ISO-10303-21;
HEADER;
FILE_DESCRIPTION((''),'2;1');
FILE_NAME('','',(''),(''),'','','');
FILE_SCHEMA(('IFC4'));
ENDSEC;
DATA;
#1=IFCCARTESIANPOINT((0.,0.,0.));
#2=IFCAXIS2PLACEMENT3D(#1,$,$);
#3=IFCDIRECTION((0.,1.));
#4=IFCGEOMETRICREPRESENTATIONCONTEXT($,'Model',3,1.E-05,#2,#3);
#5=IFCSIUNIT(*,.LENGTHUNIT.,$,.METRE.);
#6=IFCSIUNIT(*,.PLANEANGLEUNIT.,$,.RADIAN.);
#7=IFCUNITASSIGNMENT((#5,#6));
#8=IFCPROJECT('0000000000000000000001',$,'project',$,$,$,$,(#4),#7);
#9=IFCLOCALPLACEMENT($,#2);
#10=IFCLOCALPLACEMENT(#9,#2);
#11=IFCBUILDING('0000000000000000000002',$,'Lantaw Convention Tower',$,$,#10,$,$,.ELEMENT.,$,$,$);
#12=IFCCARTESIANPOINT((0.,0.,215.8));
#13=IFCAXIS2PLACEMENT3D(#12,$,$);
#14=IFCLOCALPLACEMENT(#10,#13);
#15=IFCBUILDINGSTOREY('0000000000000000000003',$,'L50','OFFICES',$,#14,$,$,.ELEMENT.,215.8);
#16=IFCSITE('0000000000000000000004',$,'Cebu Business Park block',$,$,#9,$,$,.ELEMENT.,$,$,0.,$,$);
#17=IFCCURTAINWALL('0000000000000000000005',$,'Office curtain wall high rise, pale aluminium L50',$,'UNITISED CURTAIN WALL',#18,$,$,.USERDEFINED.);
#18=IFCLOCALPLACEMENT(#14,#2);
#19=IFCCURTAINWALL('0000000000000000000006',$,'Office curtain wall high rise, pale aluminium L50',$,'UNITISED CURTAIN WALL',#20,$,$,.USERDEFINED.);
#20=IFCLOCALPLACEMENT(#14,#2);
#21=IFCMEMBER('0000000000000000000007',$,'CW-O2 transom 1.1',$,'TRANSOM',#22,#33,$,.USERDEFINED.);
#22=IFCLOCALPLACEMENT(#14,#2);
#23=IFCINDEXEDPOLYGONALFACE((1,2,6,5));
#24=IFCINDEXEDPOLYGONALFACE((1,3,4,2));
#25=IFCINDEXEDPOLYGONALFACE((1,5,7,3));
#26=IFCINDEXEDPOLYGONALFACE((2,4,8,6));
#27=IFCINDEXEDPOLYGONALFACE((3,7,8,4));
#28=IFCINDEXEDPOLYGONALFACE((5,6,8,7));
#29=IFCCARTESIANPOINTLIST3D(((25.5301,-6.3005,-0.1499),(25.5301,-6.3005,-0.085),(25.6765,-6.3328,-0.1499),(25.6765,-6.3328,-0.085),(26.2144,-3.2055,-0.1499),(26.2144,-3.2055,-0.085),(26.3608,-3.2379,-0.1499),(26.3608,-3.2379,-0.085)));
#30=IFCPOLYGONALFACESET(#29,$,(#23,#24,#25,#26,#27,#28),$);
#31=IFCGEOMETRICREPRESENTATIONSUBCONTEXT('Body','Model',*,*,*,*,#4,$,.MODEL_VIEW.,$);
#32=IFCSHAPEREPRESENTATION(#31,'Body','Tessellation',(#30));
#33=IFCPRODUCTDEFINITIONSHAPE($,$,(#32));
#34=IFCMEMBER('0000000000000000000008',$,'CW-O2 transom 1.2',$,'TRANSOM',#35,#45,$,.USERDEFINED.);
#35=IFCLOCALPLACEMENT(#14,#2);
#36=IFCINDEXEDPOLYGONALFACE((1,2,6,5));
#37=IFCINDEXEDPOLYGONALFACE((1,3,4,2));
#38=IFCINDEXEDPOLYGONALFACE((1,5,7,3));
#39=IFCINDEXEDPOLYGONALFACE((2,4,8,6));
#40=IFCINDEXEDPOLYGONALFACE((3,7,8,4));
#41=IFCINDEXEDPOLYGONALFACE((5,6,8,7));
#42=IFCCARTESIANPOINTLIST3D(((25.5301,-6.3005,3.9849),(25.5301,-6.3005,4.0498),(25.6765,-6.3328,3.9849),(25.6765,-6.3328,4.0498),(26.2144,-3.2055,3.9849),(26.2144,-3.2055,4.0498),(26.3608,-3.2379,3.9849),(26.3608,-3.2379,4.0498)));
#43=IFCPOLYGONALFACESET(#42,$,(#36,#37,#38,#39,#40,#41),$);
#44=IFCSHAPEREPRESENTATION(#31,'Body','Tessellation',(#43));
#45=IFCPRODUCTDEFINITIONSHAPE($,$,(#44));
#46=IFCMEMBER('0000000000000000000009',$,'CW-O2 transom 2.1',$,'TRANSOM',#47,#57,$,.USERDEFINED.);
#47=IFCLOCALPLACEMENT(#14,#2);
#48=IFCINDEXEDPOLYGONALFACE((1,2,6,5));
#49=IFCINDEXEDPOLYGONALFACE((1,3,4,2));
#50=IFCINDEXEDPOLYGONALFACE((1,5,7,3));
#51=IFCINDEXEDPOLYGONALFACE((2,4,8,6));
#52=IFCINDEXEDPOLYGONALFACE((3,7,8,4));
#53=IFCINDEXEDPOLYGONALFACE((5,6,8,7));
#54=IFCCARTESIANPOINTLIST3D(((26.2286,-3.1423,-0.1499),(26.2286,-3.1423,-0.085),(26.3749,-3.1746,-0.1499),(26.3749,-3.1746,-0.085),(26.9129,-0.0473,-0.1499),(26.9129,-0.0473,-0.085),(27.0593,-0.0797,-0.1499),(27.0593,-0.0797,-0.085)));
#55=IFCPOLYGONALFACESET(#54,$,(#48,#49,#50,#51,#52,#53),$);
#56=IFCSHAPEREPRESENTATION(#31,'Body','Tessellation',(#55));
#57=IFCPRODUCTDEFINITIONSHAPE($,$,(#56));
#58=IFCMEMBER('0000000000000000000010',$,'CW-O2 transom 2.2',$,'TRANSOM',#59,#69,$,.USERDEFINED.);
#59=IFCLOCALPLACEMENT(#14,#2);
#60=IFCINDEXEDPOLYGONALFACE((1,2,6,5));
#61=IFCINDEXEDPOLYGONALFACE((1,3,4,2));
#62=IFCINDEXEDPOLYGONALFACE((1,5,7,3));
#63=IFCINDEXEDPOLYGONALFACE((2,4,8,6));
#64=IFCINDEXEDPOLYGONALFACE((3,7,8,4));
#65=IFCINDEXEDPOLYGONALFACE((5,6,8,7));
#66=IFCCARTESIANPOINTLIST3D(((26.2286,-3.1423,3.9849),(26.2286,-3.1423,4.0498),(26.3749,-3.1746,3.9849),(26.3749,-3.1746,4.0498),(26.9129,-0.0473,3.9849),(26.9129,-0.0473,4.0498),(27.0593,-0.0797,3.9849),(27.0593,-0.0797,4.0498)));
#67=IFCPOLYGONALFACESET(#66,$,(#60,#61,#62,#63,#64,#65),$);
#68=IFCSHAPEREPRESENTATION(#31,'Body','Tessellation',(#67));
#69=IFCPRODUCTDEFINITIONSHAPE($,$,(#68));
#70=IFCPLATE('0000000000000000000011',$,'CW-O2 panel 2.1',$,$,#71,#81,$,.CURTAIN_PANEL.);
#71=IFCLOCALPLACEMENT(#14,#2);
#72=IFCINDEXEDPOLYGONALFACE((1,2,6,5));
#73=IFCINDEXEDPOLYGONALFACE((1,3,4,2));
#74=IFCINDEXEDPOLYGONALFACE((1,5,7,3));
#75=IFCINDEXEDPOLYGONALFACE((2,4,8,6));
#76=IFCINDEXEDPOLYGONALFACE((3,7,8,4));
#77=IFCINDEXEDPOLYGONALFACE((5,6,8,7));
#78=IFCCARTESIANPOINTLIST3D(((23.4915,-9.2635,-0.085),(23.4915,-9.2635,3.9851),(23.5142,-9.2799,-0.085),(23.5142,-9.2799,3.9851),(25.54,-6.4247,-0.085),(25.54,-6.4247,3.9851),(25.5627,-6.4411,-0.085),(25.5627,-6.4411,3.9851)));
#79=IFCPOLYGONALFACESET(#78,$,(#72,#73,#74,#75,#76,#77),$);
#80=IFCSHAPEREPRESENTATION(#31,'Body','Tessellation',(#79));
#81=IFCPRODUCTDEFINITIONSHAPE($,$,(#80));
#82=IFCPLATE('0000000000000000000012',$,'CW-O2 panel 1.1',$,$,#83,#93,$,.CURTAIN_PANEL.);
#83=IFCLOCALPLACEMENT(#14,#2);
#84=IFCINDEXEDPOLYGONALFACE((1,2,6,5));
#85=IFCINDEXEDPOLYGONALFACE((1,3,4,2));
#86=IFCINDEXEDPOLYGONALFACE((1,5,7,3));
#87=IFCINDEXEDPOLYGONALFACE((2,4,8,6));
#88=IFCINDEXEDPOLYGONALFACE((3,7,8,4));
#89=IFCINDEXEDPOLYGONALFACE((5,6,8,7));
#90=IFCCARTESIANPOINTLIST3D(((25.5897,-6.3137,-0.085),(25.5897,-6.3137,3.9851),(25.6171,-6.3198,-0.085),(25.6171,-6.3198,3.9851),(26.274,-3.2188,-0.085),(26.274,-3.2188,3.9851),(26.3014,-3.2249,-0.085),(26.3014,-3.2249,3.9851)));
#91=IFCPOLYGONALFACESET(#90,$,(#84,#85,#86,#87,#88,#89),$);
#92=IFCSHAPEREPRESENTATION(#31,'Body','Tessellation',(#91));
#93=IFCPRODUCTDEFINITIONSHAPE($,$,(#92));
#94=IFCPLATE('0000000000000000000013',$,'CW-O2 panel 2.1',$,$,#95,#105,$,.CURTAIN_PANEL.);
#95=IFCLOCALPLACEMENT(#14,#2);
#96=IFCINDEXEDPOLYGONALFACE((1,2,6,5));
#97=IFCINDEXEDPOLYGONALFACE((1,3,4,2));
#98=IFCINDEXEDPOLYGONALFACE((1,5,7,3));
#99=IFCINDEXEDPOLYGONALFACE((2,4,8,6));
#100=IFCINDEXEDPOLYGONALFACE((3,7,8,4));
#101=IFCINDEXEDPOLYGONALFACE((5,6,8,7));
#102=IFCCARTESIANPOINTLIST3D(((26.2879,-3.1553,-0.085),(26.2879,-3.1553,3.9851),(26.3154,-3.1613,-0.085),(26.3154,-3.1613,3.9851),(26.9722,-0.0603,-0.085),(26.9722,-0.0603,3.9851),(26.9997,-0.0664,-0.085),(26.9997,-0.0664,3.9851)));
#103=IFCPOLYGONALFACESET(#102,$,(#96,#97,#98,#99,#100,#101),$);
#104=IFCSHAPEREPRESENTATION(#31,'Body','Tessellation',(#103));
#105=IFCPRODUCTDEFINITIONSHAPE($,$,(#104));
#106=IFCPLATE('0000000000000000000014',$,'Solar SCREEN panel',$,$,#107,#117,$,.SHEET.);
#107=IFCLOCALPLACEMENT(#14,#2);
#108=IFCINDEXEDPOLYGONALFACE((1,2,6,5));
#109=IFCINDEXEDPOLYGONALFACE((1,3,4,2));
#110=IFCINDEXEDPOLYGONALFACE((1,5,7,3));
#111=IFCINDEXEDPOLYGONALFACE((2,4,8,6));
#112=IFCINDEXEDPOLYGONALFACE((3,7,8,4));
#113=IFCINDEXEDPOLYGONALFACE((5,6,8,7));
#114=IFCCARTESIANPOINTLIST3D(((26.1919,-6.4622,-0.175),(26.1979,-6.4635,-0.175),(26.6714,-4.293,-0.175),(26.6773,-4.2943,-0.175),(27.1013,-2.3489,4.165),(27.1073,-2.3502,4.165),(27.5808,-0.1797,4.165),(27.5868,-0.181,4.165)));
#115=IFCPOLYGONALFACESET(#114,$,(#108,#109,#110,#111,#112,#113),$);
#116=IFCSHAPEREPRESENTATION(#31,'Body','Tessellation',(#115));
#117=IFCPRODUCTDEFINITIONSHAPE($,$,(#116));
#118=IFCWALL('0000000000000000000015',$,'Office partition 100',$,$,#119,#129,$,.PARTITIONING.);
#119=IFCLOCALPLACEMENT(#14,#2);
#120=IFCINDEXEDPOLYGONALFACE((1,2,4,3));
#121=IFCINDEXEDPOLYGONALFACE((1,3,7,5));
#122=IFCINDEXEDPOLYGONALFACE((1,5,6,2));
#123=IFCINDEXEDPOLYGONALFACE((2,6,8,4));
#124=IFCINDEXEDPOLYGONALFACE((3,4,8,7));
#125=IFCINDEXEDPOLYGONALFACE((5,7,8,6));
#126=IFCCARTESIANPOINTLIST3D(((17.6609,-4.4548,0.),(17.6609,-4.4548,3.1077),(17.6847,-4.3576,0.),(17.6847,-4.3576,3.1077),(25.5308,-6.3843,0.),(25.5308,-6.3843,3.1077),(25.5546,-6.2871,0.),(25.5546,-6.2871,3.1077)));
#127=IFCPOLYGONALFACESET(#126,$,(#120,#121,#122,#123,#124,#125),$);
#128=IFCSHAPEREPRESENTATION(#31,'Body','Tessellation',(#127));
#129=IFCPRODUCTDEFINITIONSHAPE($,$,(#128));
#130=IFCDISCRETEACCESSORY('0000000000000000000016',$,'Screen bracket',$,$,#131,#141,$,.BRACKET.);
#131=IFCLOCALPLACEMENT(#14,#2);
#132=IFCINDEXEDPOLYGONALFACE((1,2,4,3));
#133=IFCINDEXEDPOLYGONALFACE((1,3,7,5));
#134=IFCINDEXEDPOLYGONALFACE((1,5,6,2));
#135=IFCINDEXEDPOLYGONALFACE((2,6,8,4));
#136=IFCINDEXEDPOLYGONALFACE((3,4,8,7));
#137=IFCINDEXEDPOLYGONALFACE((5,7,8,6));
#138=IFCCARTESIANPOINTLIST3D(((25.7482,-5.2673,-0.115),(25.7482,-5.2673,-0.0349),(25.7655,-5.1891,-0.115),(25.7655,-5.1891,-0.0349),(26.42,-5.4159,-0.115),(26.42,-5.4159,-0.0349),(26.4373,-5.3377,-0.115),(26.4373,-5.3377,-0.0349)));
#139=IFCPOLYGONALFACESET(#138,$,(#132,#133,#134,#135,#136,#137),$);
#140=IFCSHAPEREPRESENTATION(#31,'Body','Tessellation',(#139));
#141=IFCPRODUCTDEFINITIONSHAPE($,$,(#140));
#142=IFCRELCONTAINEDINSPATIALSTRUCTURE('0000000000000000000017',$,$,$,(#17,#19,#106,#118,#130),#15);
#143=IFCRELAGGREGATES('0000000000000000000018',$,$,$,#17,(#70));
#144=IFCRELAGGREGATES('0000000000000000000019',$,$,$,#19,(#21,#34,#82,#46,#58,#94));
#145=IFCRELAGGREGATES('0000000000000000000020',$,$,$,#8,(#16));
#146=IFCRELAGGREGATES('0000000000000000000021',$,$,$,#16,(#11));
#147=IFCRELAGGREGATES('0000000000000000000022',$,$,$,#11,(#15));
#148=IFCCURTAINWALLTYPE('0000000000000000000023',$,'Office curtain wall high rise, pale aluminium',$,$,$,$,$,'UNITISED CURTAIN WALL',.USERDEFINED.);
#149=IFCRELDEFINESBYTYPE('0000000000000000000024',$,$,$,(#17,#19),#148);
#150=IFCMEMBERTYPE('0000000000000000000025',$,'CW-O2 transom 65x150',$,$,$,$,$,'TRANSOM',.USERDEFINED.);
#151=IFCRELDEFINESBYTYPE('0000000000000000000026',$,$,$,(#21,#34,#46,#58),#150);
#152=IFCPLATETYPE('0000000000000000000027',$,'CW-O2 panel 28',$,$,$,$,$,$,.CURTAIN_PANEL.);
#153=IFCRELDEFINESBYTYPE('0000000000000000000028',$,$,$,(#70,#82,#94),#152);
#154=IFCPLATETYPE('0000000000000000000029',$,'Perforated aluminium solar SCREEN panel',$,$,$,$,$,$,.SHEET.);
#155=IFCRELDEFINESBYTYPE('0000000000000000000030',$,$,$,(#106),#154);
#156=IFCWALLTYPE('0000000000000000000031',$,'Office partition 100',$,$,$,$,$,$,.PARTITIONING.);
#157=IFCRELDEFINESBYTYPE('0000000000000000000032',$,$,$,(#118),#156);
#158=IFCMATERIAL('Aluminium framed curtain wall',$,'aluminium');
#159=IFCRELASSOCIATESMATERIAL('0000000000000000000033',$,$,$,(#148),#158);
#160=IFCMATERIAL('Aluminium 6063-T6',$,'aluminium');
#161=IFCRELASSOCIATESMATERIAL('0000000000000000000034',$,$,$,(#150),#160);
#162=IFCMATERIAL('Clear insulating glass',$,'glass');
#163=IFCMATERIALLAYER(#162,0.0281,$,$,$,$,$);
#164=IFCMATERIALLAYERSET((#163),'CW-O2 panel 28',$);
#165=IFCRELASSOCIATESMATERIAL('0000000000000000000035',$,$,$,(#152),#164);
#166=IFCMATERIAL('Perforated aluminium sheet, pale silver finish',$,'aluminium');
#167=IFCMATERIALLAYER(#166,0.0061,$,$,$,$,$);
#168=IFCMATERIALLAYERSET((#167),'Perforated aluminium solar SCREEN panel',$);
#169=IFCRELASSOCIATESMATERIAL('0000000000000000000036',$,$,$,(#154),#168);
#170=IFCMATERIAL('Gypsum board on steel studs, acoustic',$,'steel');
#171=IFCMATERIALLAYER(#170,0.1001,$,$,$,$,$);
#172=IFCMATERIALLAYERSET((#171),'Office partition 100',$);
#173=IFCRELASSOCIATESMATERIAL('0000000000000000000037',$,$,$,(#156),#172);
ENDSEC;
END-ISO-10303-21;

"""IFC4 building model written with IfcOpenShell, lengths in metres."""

from ifc_helpers import new_model, si_unit, direction, frame, frame_2d, origin, origin_2d, place, context, subcontext, project, spatial, polyline, rectangle, outline, extrude, material, layer, layer_set, material_profile, profile_set, type_object, element, aggregate, save


model = new_model("IFC4")

# Units and contexts
model_context = context("Model", 3, precision=1e-05, world=origin(), true_north=direction((0.0, 1.0)))
body_context = subcontext(model_context, "Body", "Model", "MODEL_VIEW")
ifc_project = project(units=[si_unit("LENGTHUNIT", "METRE"), si_unit("PLANEANGLEUNIT", "RADIAN")], contexts=[model_context])

# Site, building, storey
site_placement = place(None, origin())
site = spatial("IfcSite", under=ifc_project, at=site_placement, Name="Cebu Business Park block", CompositionType="ELEMENT", RefElevation=0.0)
building_placement = place(site_placement, origin())
building = spatial("IfcBuilding", under=site, at=building_placement, Name="Lantaw Convention Tower", CompositionType="ELEMENT")
storey_placement = place(building_placement, frame((0.0, 0.0, 215.8)))
storey = spatial("IfcBuildingStorey", under=building, at=storey_placement, Name="L50", Description="OFFICES", CompositionType="ELEMENT", Elevation=215.8)

# Curtain wall
ifc_material_1 = material(Name="Aluminium framed curtain wall", Category="aluminium")
curtain_wall_type = type_object("IfcCurtainWallType", Name="Office curtain wall high rise, pale aluminium", ElementType="UNITISED CURTAIN WALL", PredefinedType="USERDEFINED", material=ifc_material_1)
curtain_wall_1_placement = place(storey_placement, origin())
curtain_wall_1 = element("IfcCurtainWall", 1, at=curtain_wall_1_placement, inside=storey, type_object=curtain_wall_type, Name="Office curtain wall high rise, pale aluminium L50", ObjectType="UNITISED CURTAIN WALL", PredefinedType="USERDEFINED")
ifc_material_2 = material(Name="Aluminium 6063-T6", Category="aluminium")

# Curtain wall
curtain_wall_2_placement = place(storey_placement, origin())
curtain_wall_2 = element("IfcCurtainWall", 2, at=curtain_wall_2_placement, inside=storey, type_object=curtain_wall_type, Name="Office curtain wall high rise, pale aluminium L50", ObjectType="UNITISED CURTAIN WALL", PredefinedType="USERDEFINED")

# Members
ifc_material_profile_1 = material_profile(ifc_material_2, rectangle(XDim=0.1499, YDim=0.0649, at=origin_2d()), Name="CW-O2 transom 65x150")
ifc_profile_set_1 = profile_set([ifc_material_profile_1], Name="Aluminium 6063-T6")
member_type_1 = type_object("IfcMemberType", Name="CW-O2 transom 65x150", ElementType="TRANSOM", PredefinedType="USERDEFINED", material=ifc_profile_set_1)
member_1_placement = place(storey_placement, frame((25.6033, -6.3167, -0.1174), z_axis=(0.215895, 0.976417, 0.0), x_axis=(-0.976417, 0.215895, 0.0)))
member_1 = element("IfcMember", 3, at=member_1_placement, type_object=member_type_1, Name="CW-O2 transom 1.1", ObjectType="TRANSOM", PredefinedType="USERDEFINED", context=body_context, shape_type="SweptSolid", body=[
    extrude(rectangle(XDim=0.1499, YDim=0.0649, at=origin_2d()), origin(), (0.0, 0.0, 1.0), 3.1697),
])
member_2_placement = place(storey_placement, frame((25.6033, -6.3167, 4.0173), z_axis=(0.215895, 0.976417, 0.0), x_axis=(-0.976417, 0.215895, 0.0)))
member_2 = element("IfcMember", 4, at=member_2_placement, type_object=member_type_1, Name="CW-O2 transom 1.2", ObjectType="TRANSOM", PredefinedType="USERDEFINED", context=body_context, shape_type="SweptSolid", body=[
    extrude(rectangle(XDim=0.1499, YDim=0.0649, at=origin_2d()), origin(), (0.0, 0.0, 1.0), 3.1697),
])
member_3_placement = place(storey_placement, frame((26.3018, -3.1584, -0.1174), z_axis=(0.215895, 0.976417, 0.0), x_axis=(-0.976417, 0.215895, 0.0)))
member_3 = element("IfcMember", 5, at=member_3_placement, type_object=member_type_1, Name="CW-O2 transom 2.1", ObjectType="TRANSOM", PredefinedType="USERDEFINED", context=body_context, shape_type="SweptSolid", body=[
    extrude(rectangle(XDim=0.1499, YDim=0.0649, at=origin_2d()), origin(), (0.0, 0.0, 1.0), 3.1697),
])
member_4_placement = place(storey_placement, frame((26.3018, -3.1584, 4.0173), z_axis=(0.215895, 0.976417, 0.0), x_axis=(-0.976417, 0.215895, 0.0)))
member_4 = element("IfcMember", 6, at=member_4_placement, type_object=member_type_1, Name="CW-O2 transom 2.2", ObjectType="TRANSOM", PredefinedType="USERDEFINED", context=body_context, shape_type="SweptSolid", body=[
    extrude(rectangle(XDim=0.1499, YDim=0.0649, at=origin_2d()), origin(), (0.0, 0.0, 1.0), 3.1697),
])

# Plates
ifc_material_3 = material(Name="Clear insulating glass", Category="glass")
ifc_layer_1 = layer(ifc_material_3, 0.0281)
ifc_layer_set_1 = layer_set([ifc_layer_1], Name="CW-O2 panel 28")
plate_type_1 = type_object("IfcPlateType", Name="CW-O2 panel 28", PredefinedType="CURTAIN_PANEL", material=ifc_layer_set_1)
plate_1_placement = place(storey_placement, frame((24.5271, -7.8523, -0.085), z_axis=(0.0, 0.0, 1.0), x_axis=(0.585158, 0.81092, 0.0)))
plate_1 = element("IfcPlate", 7, at=plate_1_placement, type_object=plate_type_1, Name="CW-O2 panel 2.1", PredefinedType="CURTAIN_PANEL", context=body_context, shape_type="SweptSolid", body=[
    extrude(rectangle(XDim=3.5007, YDim=0.0281, at=origin_2d()), origin(), (0.0, 0.0, 1.0), 4.0701),
])
aggregate(curtain_wall_1, [plate_1])
plate_2_placement = place(storey_placement, frame((25.9456, -4.7693, -0.085), z_axis=(0.0, 0.0, 1.0), x_axis=(0.215891, 0.976417, 0.0)))
plate_2 = element("IfcPlate", 8, at=plate_2_placement, type_object=plate_type_1, Name="CW-O2 panel 1.1", PredefinedType="CURTAIN_PANEL", context=body_context, shape_type="SweptSolid", body=[
    extrude(rectangle(XDim=3.1697, YDim=0.0281, at=origin_2d()), origin(), (0.0, 0.0, 1.0), 4.0701),
])
plate_3_placement = place(storey_placement, frame((26.6438, -1.6108, -0.085), z_axis=(0.0, 0.0, 1.0), x_axis=(0.215891, 0.976417, 0.0)))
plate_3 = element("IfcPlate", 9, at=plate_3_placement, type_object=plate_type_1, Name="CW-O2 panel 2.1", PredefinedType="CURTAIN_PANEL", context=body_context, shape_type="SweptSolid", body=[
    extrude(rectangle(XDim=3.1697, YDim=0.0281, at=origin_2d()), origin(), (0.0, 0.0, 1.0), 4.0701),
])
aggregate(curtain_wall_2, [member_1, member_2, plate_2, member_3, member_4, plate_3])
ifc_material_4 = material(Name="Perforated aluminium sheet, pale silver finish", Category="aluminium")
ifc_layer_2 = layer(ifc_material_4, 0.0061)
ifc_layer_set_2 = layer_set([ifc_layer_2], Name="Perforated aluminium solar SCREEN panel")
plate_type_2 = type_object("IfcPlateType", Name="Perforated aluminium solar SCREEN panel", PredefinedType="SHEET", material=ifc_layer_set_2)
plate_4_placement = place(storey_placement, frame((26.1919, -6.4622, -0.175), z_axis=(-0.97643, 0.215837, 0.000044), x_axis=(0.215837, 0.97643, 0.0)))
element("IfcPlate", 10, at=plate_4_placement, inside=storey, type_object=plate_type_2, Name="Solar SCREEN panel", PredefinedType="SHEET", context=body_context, shape_type="SweptSolid", body=[
    extrude(outline(polyline([(0.0, 0.0), (2.2216, 0.0), (6.4342, -4.3401), (4.2126, -4.3401), (0.0, 0.0)])), origin(), (0.0, 0.0, -1.0), 0.0061),
])

# Wall
ifc_material_5 = material(Name="Gypsum board on steel studs, acoustic", Category="steel")
ifc_layer_3 = layer(ifc_material_5, 0.1001)
ifc_layer_set_3 = layer_set([ifc_layer_3], Name="Office partition 100")
wall_type = type_object("IfcWallType", Name="Office partition 100", PredefinedType="PARTITIONING", material=ifc_layer_set_3)
wall_placement = place(storey_placement, frame((25.5427, -6.3357, 0.0), z_axis=(0.0, 0.0, 1.0), x_axis=(-0.971237, 0.238116, 0.0)))
element("IfcWall", 11, at=wall_placement, inside=storey, type_object=wall_type, Name="Office partition 100", PredefinedType="PARTITIONING", context=body_context, shape_type="SweptSolid", body=[
    extrude(rectangle(XDim=8.103, YDim=0.1001, at=frame_2d((4.0515, 0.0))), origin(), (0.0, 0.0, 1.0), 3.1077),
])

# Discrete accessory
discrete_accessory_placement = place(storey_placement, frame((26.0928, -5.3025, -0.115), z_axis=(0.0, 0.0, 1.0), x_axis=(0.215891, 0.976417, 0.0)))
element("IfcDiscreteAccessory", 12, at=discrete_accessory_placement, inside=storey, Name="Screen bracket", PredefinedType="BRACKET", context=body_context, shape_type="SweptSolid", body=[
    extrude(rectangle(XDim=0.0801, YDim=0.688, at=origin_2d()), origin(), (0.0, 0.0, 1.0), 0.0801),
])

save(model, "model.ifc")
